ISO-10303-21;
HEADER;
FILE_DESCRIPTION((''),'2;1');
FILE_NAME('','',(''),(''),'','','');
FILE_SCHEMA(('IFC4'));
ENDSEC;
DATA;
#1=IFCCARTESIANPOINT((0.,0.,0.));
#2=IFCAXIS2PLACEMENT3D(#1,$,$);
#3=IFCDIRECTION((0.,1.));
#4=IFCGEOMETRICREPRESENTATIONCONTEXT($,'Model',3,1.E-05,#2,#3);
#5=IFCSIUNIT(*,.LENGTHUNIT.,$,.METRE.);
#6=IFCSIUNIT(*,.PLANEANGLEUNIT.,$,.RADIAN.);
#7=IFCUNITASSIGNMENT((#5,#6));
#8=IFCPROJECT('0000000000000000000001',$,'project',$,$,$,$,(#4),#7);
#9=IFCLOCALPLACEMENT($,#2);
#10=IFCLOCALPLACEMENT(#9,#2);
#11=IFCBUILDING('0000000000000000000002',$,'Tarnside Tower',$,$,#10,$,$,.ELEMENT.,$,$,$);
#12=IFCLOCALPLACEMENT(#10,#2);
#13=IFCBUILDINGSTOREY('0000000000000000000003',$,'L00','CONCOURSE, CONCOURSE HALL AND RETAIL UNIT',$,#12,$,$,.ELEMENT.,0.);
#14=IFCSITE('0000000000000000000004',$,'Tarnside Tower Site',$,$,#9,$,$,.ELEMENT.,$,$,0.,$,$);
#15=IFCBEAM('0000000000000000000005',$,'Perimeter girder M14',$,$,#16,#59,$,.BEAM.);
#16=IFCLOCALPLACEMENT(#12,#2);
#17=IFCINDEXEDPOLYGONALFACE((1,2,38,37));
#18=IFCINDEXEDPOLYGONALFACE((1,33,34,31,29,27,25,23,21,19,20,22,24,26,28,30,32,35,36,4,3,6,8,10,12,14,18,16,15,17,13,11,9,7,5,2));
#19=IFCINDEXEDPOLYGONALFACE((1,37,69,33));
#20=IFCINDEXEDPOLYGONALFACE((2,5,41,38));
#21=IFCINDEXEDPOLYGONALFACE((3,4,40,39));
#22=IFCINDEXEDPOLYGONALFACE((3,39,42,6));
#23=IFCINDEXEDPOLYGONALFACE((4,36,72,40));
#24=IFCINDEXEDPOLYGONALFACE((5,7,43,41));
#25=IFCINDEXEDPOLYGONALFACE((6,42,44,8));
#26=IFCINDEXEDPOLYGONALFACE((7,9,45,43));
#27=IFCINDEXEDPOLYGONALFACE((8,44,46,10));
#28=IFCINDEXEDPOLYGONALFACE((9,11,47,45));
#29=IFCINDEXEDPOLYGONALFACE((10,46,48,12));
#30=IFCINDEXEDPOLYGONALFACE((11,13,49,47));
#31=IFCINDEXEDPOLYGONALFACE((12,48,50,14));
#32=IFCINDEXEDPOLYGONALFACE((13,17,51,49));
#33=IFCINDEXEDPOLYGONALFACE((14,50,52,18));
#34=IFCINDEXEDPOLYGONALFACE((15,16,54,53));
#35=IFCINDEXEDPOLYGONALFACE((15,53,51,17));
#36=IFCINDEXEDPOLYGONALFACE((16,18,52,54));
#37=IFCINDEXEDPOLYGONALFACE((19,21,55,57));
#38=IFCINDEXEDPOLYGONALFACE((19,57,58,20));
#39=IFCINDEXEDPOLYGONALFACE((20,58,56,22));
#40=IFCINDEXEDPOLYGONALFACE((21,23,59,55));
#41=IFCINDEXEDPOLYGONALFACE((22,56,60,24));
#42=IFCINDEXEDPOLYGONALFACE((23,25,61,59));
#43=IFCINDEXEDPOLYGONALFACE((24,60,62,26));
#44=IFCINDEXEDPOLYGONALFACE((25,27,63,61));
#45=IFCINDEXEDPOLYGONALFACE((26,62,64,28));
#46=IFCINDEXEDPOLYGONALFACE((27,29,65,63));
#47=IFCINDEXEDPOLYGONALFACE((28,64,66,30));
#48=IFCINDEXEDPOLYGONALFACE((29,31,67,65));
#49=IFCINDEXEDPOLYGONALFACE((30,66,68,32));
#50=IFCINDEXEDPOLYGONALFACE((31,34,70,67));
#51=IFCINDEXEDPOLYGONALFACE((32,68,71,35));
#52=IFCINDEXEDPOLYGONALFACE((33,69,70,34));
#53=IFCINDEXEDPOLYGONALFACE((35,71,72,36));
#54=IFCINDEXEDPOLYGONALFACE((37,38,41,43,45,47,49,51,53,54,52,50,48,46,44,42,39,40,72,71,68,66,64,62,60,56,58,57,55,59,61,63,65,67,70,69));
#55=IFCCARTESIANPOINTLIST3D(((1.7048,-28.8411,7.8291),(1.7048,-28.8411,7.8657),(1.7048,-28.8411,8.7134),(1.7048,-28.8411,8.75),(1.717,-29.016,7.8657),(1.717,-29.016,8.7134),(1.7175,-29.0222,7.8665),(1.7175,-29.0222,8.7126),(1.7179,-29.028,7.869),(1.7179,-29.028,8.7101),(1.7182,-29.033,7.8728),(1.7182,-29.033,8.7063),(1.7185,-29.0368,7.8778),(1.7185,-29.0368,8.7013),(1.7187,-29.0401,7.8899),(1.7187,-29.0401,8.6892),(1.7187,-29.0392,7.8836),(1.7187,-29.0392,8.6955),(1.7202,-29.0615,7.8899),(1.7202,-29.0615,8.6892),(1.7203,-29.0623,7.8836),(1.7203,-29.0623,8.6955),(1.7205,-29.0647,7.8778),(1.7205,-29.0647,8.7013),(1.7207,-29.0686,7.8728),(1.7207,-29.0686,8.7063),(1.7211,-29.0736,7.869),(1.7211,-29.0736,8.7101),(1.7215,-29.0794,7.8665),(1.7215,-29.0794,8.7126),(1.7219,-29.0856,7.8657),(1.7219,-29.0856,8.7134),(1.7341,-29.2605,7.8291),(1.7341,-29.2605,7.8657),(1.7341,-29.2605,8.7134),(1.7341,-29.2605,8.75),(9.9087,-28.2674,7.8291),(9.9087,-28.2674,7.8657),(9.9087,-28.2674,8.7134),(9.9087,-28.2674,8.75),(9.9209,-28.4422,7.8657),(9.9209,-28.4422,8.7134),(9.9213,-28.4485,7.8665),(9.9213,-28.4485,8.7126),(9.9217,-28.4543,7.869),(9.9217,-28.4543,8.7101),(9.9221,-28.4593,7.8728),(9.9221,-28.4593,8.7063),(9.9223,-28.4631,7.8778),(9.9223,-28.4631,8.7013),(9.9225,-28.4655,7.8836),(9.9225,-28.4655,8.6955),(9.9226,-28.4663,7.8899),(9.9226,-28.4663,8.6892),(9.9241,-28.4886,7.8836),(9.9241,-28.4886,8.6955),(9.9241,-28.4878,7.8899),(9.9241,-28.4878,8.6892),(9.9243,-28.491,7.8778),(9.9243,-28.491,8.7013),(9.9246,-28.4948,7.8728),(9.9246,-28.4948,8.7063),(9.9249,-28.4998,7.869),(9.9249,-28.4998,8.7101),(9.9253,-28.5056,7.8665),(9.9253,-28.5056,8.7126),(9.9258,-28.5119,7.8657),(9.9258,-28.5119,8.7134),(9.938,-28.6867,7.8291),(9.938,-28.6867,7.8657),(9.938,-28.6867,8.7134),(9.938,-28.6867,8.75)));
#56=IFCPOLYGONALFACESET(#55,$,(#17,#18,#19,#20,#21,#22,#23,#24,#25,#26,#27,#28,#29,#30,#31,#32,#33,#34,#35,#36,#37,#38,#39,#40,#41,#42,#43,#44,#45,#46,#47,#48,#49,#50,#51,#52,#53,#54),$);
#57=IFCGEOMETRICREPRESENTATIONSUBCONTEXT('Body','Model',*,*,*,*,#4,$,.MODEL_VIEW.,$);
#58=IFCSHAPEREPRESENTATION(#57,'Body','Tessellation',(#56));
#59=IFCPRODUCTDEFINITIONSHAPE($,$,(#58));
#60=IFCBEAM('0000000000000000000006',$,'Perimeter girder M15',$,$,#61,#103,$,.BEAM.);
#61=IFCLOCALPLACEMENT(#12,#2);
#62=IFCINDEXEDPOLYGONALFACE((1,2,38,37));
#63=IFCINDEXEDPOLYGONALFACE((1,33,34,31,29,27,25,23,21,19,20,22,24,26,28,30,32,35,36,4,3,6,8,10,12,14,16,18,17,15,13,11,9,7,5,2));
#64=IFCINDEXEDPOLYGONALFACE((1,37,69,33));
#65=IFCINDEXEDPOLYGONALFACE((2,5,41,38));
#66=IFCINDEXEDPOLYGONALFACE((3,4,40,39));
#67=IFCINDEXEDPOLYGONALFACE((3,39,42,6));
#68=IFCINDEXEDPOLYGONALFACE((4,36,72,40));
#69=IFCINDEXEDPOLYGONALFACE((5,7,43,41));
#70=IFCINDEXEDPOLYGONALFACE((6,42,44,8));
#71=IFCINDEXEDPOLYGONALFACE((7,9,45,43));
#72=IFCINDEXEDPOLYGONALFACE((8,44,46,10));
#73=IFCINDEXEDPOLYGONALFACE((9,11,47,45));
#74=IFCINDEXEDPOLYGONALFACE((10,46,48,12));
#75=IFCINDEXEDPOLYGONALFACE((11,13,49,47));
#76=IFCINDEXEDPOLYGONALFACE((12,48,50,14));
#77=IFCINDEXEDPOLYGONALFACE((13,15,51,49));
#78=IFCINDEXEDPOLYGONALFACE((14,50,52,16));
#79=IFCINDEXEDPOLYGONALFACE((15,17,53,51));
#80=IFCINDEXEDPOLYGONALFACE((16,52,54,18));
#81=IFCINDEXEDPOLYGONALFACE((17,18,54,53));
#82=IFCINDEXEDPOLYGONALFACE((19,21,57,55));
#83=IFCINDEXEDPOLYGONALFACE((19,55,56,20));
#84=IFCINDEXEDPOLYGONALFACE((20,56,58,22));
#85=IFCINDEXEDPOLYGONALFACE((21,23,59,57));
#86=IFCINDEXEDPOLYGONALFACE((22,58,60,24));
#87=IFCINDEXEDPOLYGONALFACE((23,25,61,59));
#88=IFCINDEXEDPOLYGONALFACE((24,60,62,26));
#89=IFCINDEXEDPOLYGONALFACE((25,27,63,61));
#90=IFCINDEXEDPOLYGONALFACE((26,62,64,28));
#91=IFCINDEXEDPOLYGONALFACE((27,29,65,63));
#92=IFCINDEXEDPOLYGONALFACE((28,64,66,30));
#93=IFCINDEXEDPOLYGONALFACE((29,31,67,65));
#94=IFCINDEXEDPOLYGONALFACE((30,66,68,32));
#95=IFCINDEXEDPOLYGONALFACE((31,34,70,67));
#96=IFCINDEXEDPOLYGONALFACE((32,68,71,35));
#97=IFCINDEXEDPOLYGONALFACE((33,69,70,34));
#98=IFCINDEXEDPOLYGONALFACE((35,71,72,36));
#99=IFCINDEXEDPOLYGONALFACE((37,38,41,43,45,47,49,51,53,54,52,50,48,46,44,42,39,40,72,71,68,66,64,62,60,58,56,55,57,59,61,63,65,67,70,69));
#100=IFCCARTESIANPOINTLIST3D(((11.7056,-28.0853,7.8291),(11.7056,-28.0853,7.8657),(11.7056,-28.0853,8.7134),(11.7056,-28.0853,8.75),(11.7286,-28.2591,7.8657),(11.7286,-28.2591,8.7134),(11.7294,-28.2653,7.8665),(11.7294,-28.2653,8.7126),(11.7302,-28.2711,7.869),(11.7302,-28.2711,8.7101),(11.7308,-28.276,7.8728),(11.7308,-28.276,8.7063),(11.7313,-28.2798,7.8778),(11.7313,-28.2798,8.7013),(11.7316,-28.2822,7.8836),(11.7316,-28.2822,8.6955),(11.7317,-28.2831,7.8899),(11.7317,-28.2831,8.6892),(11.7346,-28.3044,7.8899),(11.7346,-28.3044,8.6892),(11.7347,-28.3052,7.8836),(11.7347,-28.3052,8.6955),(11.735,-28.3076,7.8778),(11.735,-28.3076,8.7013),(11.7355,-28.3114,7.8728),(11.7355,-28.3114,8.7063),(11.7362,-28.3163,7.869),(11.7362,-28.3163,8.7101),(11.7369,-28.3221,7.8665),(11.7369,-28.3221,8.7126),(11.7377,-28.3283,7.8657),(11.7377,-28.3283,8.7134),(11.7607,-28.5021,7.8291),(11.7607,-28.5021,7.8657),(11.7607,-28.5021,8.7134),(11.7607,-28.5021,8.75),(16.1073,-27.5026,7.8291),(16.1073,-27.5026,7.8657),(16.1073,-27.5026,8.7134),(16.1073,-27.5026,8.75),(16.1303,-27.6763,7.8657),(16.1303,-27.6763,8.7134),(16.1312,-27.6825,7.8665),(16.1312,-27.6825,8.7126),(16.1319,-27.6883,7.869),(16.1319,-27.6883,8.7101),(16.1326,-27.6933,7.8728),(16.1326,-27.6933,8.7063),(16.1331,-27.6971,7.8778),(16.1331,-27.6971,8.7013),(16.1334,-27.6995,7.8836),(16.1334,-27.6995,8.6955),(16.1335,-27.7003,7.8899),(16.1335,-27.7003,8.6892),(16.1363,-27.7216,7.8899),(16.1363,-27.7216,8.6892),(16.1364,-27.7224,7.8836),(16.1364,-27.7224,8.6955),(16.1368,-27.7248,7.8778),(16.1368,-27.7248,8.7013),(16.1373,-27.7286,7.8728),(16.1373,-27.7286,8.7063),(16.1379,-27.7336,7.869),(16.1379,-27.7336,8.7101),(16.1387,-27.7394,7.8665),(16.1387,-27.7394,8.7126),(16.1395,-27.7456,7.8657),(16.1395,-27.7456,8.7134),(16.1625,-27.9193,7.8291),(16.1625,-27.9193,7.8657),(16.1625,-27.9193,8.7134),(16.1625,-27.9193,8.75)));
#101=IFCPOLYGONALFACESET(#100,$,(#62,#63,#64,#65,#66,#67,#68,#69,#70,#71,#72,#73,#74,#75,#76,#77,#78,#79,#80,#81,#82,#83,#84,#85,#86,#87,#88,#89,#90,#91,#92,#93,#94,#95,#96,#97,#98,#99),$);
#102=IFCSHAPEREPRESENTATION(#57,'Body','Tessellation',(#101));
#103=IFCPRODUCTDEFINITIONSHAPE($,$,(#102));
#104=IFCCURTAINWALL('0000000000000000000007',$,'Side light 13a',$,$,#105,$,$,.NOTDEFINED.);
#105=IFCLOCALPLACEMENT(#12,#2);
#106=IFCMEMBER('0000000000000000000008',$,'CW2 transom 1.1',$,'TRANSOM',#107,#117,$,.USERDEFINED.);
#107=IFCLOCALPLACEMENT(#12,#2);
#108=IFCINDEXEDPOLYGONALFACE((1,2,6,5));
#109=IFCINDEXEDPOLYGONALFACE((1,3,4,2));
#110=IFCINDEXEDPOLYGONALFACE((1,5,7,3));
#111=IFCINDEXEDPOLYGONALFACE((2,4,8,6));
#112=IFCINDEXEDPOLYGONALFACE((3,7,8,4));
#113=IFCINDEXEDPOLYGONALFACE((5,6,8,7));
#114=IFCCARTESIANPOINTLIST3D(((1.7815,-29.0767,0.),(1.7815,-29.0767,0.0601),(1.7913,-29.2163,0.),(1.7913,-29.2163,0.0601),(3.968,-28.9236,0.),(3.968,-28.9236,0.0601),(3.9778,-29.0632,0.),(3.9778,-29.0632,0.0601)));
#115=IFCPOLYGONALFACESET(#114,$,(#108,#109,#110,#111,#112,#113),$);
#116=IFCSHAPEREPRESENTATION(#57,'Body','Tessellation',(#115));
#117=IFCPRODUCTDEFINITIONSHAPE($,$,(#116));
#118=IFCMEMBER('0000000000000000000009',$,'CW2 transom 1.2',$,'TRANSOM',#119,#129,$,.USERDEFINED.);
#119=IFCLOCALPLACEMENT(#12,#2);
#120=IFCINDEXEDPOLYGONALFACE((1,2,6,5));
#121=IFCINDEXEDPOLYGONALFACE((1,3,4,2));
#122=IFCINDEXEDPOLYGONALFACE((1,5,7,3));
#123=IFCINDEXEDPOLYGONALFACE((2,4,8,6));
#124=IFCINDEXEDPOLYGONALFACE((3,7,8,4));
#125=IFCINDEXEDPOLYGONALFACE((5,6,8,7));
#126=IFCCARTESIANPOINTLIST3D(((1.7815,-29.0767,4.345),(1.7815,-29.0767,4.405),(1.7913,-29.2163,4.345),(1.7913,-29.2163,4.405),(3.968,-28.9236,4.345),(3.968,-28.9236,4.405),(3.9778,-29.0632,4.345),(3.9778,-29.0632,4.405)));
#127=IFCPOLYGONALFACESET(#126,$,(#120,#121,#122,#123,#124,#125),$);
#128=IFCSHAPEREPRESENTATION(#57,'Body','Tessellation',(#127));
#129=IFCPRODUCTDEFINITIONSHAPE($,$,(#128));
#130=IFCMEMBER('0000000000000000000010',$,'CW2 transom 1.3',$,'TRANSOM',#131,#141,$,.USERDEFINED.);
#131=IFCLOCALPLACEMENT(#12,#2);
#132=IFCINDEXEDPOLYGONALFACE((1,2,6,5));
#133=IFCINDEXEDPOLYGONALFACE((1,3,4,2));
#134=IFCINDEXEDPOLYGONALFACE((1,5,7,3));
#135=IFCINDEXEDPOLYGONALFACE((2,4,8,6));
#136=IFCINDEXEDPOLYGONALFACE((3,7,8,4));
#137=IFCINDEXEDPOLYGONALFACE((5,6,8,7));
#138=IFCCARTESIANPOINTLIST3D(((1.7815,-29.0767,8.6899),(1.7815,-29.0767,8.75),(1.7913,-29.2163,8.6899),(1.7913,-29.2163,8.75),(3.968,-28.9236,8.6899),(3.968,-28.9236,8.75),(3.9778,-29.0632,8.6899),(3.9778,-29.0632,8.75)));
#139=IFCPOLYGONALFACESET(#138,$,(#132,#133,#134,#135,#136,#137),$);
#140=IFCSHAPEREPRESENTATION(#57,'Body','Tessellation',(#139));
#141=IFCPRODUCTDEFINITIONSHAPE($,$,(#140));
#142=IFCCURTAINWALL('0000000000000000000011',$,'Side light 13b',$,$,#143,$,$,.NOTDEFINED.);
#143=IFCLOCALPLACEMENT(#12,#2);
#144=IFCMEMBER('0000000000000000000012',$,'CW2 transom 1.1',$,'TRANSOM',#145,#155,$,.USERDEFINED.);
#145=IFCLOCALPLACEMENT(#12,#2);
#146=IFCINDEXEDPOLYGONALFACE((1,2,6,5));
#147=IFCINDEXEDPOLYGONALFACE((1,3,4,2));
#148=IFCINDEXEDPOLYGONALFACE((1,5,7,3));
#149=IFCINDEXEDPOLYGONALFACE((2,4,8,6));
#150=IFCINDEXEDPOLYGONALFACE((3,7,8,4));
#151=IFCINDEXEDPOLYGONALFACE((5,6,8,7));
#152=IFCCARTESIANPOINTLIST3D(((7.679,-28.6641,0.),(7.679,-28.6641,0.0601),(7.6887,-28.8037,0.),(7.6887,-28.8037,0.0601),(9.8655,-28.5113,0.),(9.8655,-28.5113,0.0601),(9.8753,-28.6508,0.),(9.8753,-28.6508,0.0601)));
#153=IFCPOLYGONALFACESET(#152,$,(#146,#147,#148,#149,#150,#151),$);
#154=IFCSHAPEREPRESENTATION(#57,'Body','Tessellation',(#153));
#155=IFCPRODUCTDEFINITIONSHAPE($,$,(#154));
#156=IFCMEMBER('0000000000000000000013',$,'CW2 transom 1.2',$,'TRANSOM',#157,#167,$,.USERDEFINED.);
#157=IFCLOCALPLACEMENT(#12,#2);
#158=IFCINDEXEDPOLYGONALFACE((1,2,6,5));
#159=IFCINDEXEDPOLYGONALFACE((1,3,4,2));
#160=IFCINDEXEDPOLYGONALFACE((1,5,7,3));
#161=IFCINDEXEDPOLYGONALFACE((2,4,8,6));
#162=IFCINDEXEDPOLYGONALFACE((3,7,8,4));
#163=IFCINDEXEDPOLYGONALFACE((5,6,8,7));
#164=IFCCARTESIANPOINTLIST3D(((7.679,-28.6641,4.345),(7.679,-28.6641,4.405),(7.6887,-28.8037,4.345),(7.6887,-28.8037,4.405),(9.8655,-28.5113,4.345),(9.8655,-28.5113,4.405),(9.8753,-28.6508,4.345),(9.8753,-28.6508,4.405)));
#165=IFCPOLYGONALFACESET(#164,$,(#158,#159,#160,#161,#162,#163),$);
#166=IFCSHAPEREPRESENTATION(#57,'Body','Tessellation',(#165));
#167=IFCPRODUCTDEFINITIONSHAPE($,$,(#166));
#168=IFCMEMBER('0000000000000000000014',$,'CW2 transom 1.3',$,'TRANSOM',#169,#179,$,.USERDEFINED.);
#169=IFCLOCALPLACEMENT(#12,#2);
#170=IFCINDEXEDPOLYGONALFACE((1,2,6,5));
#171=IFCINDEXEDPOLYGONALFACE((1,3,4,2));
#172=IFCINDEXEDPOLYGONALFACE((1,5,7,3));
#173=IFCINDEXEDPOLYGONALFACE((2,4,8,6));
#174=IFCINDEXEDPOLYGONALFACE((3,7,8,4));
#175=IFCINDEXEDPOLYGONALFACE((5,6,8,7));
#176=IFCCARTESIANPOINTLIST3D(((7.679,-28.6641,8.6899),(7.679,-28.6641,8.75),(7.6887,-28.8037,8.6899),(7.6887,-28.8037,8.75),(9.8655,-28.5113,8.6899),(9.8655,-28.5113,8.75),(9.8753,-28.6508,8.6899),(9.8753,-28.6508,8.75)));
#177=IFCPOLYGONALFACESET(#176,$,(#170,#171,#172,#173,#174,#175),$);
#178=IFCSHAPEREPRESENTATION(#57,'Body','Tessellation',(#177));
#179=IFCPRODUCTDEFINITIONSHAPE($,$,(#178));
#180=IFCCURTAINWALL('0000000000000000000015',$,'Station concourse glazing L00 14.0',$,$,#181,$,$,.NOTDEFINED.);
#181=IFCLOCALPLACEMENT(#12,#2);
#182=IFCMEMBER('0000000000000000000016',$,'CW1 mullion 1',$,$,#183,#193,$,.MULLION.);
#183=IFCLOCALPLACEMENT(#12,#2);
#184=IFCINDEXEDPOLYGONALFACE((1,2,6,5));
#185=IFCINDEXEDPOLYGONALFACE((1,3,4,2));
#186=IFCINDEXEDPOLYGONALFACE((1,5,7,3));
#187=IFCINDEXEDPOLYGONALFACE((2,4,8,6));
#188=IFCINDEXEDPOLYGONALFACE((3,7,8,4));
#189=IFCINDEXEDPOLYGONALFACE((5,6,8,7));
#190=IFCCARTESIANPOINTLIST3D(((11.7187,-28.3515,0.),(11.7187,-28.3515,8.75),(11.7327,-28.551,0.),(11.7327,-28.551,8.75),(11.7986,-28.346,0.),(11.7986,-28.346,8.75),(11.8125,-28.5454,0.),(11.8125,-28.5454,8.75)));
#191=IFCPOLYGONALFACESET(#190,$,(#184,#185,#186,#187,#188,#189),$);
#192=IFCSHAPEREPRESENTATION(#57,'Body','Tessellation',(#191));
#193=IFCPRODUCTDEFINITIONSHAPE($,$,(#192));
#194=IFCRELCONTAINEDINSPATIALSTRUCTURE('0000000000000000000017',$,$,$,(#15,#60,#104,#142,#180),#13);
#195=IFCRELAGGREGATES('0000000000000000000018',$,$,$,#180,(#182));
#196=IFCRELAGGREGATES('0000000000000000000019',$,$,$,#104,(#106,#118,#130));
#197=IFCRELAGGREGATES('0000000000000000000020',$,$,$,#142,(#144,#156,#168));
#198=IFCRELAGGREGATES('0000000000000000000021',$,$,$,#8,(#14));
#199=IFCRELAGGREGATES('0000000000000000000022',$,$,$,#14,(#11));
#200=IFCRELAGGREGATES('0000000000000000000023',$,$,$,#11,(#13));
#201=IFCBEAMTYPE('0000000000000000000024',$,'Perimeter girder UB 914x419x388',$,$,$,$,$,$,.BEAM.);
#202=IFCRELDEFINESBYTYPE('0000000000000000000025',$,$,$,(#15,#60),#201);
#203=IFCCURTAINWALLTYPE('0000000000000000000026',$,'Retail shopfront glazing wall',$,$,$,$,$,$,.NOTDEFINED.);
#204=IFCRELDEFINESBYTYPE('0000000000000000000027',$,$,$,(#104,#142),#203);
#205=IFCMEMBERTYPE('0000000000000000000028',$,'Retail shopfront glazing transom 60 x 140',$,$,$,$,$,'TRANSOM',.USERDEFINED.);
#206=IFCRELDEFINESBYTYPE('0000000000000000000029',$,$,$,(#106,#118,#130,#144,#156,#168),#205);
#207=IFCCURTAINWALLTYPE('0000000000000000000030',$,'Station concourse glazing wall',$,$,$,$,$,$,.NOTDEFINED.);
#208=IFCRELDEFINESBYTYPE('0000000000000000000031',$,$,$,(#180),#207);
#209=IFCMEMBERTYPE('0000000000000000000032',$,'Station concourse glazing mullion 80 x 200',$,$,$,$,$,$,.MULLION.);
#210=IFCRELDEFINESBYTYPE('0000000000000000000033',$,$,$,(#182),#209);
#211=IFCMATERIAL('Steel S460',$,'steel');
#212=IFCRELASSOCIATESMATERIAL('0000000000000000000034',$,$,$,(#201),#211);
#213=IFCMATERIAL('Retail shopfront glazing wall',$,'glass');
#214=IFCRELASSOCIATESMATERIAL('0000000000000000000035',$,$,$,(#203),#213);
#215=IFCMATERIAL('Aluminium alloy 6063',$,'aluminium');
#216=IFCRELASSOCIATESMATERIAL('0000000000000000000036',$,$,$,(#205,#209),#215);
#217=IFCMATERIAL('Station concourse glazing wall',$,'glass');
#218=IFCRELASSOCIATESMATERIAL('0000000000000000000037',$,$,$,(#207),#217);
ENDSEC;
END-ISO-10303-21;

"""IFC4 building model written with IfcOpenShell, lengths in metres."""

from ifc_helpers import new_model, si_unit, direction, frame, origin, origin_2d, place, context, subcontext, project, spatial, rectangle, i_section, extrude, material, material_profile, profile_set, type_object, element, aggregate, save


model = new_model("IFC4")

# Units and contexts
model_context = context("Model", 3, precision=1e-05, world=origin(), true_north=direction((0.0, 1.0)))
body_context = subcontext(model_context, "Body", "Model", "MODEL_VIEW")
ifc_project = project(units=[si_unit("LENGTHUNIT", "METRE"), si_unit("PLANEANGLEUNIT", "RADIAN")], contexts=[model_context])

# Site, building, storey
site_placement = place(None, origin())
site = spatial("IfcSite", under=ifc_project, at=site_placement, Name="Tarnside Tower Site", CompositionType="ELEMENT", RefElevation=0.0)
building_placement = place(site_placement, origin())
building = spatial("IfcBuilding", under=site, at=building_placement, Name="Tarnside Tower", CompositionType="ELEMENT")
storey_placement = place(building_placement, origin())
storey = spatial("IfcBuildingStorey", under=building, at=storey_placement, Name="L00", Description="CONCOURSE, CONCOURSE HALL AND RETAIL UNIT", CompositionType="ELEMENT", Elevation=0.0)

# Beams
ifc_material_1 = material(Name="Steel S460", Category="steel")
ifc_material_profile_1 = material_profile(ifc_material_1, i_section(OverallWidth=0.4204, OverallDepth=0.9209, WebThickness=0.0215, FlangeThickness=0.0366, FilletRadius=0.0242, at=origin_2d()), Name="UB 914x419x388")
ifc_profile_set_1 = profile_set([ifc_material_profile_1], Name="Steel S460")
beam_type_1 = type_object("IfcBeamType", Name="Perimeter girder UB 914x419x388", PredefinedType="BEAM", material=ifc_profile_set_1)
beam_1_placement = place(storey_placement, frame((1.7195, -29.0508, 8.2896), z_axis=(0.997564, 0.069764, 0.0), x_axis=(-0.069764, 0.997564, 0.0)))
element("IfcBeam", 1, at=beam_1_placement, inside=storey, type_object=beam_type_1, Name="Perimeter girder M14", PredefinedType="BEAM", context=body_context, shape_type="SweptSolid", body=[
    extrude(i_section(OverallWidth=0.4204, OverallDepth=0.9209, WebThickness=0.0215, FlangeThickness=0.0366, FilletRadius=0.0242, at=origin_2d()), origin(), (0.0, 0.0, 1.0), 8.2239),
])
beam_2_placement = place(storey_placement, frame((11.7332, -28.2937, 8.2896), z_axis=(0.99135, 0.131245, 0.0), x_axis=(-0.131245, 0.99135, 0.0)))
element("IfcBeam", 2, at=beam_2_placement, inside=storey, type_object=beam_type_1, Name="Perimeter girder M15", PredefinedType="BEAM", context=body_context, shape_type="SweptSolid", body=[
    extrude(i_section(OverallWidth=0.4204, OverallDepth=0.9209, WebThickness=0.0215, FlangeThickness=0.0366, FilletRadius=0.0242, at=origin_2d()), origin(), (0.0, 0.0, 1.0), 4.4402),
])

# Curtain walls, members
ifc_material_2 = material(Name="Retail shopfront glazing wall", Category="glass")
curtain_wall_type_1 = type_object("IfcCurtainWallType", Name="Retail shopfront glazing wall", PredefinedType="NOTDEFINED", material=ifc_material_2)
curtain_wall_1_placement = place(storey_placement, origin())
curtain_wall_1 = element("IfcCurtainWall", 3, at=curtain_wall_1_placement, inside=storey, type_object=curtain_wall_type_1, Name="Side light 13a", PredefinedType="NOTDEFINED")
ifc_material_3 = material(Name="Aluminium alloy 6063", Category="aluminium")
ifc_material_profile_2 = material_profile(ifc_material_3, rectangle(XDim=0.1399, YDim=0.0601, at=origin_2d()), Name="Retail shopfront glazing transom 60 x 140")
ifc_profile_set_2 = profile_set([ifc_material_profile_2], Name="Aluminium alloy 6063")
member_type_1 = type_object("IfcMemberType", Name="Retail shopfront glazing transom 60 x 140", ElementType="TRANSOM", PredefinedType="USERDEFINED", material=ifc_profile_set_2)
member_1_placement = place(storey_placement, frame((1.7864, -29.1465, 0.03), z_axis=(0.997558, 0.069838, 0.0), x_axis=(-0.069838, 0.997558, 0.0)))
member_1 = element("IfcMember", 4, at=member_1_placement, type_object=member_type_1, Name="CW2 transom 1.1", ObjectType="TRANSOM", PredefinedType="USERDEFINED", context=body_context, shape_type="SweptSolid", body=[
    extrude(rectangle(XDim=0.1399, YDim=0.0601, at=origin_2d()), origin(), (0.0, 0.0, 1.0), 2.1919),
])
member_2_placement = place(storey_placement, frame((1.7864, -29.1465, 4.375), z_axis=(0.997558, 0.069838, 0.0), x_axis=(-0.069838, 0.997558, 0.0)))
member_2 = element("IfcMember", 5, at=member_2_placement, type_object=member_type_1, Name="CW2 transom 1.2", ObjectType="TRANSOM", PredefinedType="USERDEFINED", context=body_context, shape_type="SweptSolid", body=[
    extrude(rectangle(XDim=0.1399, YDim=0.0601, at=origin_2d()), origin(), (0.0, 0.0, 1.0), 2.1919),
])
member_3_placement = place(storey_placement, frame((1.7864, -29.1465, 8.72), z_axis=(0.997558, 0.069838, 0.0), x_axis=(-0.069838, 0.997558, 0.0)))
member_3 = element("IfcMember", 6, at=member_3_placement, type_object=member_type_1, Name="CW2 transom 1.3", ObjectType="TRANSOM", PredefinedType="USERDEFINED", context=body_context, shape_type="SweptSolid", body=[
    extrude(rectangle(XDim=0.1399, YDim=0.0601, at=origin_2d()), origin(), (0.0, 0.0, 1.0), 2.1919),
])
curtain_wall_2_placement = place(storey_placement, origin())
curtain_wall_2 = element("IfcCurtainWall", 7, at=curtain_wall_2_placement, inside=storey, type_object=curtain_wall_type_1, Name="Side light 13b", PredefinedType="NOTDEFINED")
member_4_placement = place(storey_placement, frame((7.6838, -28.7339, 0.03), z_axis=(0.997566, 0.069727, 0.0), x_axis=(-0.069727, 0.997566, 0.0)))
member_4 = element("IfcMember", 8, at=member_4_placement, type_object=member_type_1, Name="CW2 transom 1.1", ObjectType="TRANSOM", PredefinedType="USERDEFINED", context=body_context, shape_type="SweptSolid", body=[
    extrude(rectangle(XDim=0.1399, YDim=0.0601, at=origin_2d()), origin(), (0.0, 0.0, 1.0), 2.1919),
])
member_5_placement = place(storey_placement, frame((7.6838, -28.7339, 4.375), z_axis=(0.997566, 0.069727, 0.0), x_axis=(-0.069727, 0.997566, 0.0)))
member_5 = element("IfcMember", 9, at=member_5_placement, type_object=member_type_1, Name="CW2 transom 1.2", ObjectType="TRANSOM", PredefinedType="USERDEFINED", context=body_context, shape_type="SweptSolid", body=[
    extrude(rectangle(XDim=0.1399, YDim=0.0601, at=origin_2d()), origin(), (0.0, 0.0, 1.0), 2.1919),
])
member_6_placement = place(storey_placement, frame((7.6838, -28.7339, 8.72), z_axis=(0.997566, 0.069727, 0.0), x_axis=(-0.069727, 0.997566, 0.0)))
member_6 = element("IfcMember", 10, at=member_6_placement, type_object=member_type_1, Name="CW2 transom 1.3", ObjectType="TRANSOM", PredefinedType="USERDEFINED", context=body_context, shape_type="SweptSolid", body=[
    extrude(rectangle(XDim=0.1399, YDim=0.0601, at=origin_2d()), origin(), (0.0, 0.0, 1.0), 2.1919),
])
ifc_material_4 = material(Name="Station concourse glazing wall", Category="glass")
curtain_wall_type_2 = type_object("IfcCurtainWallType", Name="Station concourse glazing wall", PredefinedType="NOTDEFINED", material=ifc_material_4)
curtain_wall_3_placement = place(storey_placement, origin())
curtain_wall_3 = element("IfcCurtainWall", 11, at=curtain_wall_3_placement, inside=storey, type_object=curtain_wall_type_2, Name="Station concourse glazing L00 14.0", PredefinedType="NOTDEFINED")
ifc_material_profile_3 = material_profile(ifc_material_3, rectangle(XDim=0.2, YDim=0.0801, at=origin_2d()), Name="Station concourse glazing mullion 80 x 200")
ifc_profile_set_3 = profile_set([ifc_material_profile_3], Name="Aluminium alloy 6063")
member_type_2 = type_object("IfcMemberType", Name="Station concourse glazing mullion 80 x 200", PredefinedType="MULLION", material=ifc_profile_set_3)
member_7_placement = place(storey_placement, frame((11.7656, -28.4485, 0.0), z_axis=(0.0, 0.0, 1.0), x_axis=(-0.069756, 0.997564, 0.0)))
member_7 = element("IfcMember", 12, at=member_7_placement, type_object=member_type_2, Name="CW1 mullion 1", PredefinedType="MULLION", context=body_context, shape_type="SweptSolid", body=[
    extrude(rectangle(XDim=0.2, YDim=0.0801, at=origin_2d()), origin(), (0.0, 0.0, 1.0), 8.75),
])
aggregate(curtain_wall_3, [member_7])

aggregate(curtain_wall_1, [member_1, member_2, member_3])
aggregate(curtain_wall_2, [member_4, member_5, member_6])

save(model, "model.ifc")
